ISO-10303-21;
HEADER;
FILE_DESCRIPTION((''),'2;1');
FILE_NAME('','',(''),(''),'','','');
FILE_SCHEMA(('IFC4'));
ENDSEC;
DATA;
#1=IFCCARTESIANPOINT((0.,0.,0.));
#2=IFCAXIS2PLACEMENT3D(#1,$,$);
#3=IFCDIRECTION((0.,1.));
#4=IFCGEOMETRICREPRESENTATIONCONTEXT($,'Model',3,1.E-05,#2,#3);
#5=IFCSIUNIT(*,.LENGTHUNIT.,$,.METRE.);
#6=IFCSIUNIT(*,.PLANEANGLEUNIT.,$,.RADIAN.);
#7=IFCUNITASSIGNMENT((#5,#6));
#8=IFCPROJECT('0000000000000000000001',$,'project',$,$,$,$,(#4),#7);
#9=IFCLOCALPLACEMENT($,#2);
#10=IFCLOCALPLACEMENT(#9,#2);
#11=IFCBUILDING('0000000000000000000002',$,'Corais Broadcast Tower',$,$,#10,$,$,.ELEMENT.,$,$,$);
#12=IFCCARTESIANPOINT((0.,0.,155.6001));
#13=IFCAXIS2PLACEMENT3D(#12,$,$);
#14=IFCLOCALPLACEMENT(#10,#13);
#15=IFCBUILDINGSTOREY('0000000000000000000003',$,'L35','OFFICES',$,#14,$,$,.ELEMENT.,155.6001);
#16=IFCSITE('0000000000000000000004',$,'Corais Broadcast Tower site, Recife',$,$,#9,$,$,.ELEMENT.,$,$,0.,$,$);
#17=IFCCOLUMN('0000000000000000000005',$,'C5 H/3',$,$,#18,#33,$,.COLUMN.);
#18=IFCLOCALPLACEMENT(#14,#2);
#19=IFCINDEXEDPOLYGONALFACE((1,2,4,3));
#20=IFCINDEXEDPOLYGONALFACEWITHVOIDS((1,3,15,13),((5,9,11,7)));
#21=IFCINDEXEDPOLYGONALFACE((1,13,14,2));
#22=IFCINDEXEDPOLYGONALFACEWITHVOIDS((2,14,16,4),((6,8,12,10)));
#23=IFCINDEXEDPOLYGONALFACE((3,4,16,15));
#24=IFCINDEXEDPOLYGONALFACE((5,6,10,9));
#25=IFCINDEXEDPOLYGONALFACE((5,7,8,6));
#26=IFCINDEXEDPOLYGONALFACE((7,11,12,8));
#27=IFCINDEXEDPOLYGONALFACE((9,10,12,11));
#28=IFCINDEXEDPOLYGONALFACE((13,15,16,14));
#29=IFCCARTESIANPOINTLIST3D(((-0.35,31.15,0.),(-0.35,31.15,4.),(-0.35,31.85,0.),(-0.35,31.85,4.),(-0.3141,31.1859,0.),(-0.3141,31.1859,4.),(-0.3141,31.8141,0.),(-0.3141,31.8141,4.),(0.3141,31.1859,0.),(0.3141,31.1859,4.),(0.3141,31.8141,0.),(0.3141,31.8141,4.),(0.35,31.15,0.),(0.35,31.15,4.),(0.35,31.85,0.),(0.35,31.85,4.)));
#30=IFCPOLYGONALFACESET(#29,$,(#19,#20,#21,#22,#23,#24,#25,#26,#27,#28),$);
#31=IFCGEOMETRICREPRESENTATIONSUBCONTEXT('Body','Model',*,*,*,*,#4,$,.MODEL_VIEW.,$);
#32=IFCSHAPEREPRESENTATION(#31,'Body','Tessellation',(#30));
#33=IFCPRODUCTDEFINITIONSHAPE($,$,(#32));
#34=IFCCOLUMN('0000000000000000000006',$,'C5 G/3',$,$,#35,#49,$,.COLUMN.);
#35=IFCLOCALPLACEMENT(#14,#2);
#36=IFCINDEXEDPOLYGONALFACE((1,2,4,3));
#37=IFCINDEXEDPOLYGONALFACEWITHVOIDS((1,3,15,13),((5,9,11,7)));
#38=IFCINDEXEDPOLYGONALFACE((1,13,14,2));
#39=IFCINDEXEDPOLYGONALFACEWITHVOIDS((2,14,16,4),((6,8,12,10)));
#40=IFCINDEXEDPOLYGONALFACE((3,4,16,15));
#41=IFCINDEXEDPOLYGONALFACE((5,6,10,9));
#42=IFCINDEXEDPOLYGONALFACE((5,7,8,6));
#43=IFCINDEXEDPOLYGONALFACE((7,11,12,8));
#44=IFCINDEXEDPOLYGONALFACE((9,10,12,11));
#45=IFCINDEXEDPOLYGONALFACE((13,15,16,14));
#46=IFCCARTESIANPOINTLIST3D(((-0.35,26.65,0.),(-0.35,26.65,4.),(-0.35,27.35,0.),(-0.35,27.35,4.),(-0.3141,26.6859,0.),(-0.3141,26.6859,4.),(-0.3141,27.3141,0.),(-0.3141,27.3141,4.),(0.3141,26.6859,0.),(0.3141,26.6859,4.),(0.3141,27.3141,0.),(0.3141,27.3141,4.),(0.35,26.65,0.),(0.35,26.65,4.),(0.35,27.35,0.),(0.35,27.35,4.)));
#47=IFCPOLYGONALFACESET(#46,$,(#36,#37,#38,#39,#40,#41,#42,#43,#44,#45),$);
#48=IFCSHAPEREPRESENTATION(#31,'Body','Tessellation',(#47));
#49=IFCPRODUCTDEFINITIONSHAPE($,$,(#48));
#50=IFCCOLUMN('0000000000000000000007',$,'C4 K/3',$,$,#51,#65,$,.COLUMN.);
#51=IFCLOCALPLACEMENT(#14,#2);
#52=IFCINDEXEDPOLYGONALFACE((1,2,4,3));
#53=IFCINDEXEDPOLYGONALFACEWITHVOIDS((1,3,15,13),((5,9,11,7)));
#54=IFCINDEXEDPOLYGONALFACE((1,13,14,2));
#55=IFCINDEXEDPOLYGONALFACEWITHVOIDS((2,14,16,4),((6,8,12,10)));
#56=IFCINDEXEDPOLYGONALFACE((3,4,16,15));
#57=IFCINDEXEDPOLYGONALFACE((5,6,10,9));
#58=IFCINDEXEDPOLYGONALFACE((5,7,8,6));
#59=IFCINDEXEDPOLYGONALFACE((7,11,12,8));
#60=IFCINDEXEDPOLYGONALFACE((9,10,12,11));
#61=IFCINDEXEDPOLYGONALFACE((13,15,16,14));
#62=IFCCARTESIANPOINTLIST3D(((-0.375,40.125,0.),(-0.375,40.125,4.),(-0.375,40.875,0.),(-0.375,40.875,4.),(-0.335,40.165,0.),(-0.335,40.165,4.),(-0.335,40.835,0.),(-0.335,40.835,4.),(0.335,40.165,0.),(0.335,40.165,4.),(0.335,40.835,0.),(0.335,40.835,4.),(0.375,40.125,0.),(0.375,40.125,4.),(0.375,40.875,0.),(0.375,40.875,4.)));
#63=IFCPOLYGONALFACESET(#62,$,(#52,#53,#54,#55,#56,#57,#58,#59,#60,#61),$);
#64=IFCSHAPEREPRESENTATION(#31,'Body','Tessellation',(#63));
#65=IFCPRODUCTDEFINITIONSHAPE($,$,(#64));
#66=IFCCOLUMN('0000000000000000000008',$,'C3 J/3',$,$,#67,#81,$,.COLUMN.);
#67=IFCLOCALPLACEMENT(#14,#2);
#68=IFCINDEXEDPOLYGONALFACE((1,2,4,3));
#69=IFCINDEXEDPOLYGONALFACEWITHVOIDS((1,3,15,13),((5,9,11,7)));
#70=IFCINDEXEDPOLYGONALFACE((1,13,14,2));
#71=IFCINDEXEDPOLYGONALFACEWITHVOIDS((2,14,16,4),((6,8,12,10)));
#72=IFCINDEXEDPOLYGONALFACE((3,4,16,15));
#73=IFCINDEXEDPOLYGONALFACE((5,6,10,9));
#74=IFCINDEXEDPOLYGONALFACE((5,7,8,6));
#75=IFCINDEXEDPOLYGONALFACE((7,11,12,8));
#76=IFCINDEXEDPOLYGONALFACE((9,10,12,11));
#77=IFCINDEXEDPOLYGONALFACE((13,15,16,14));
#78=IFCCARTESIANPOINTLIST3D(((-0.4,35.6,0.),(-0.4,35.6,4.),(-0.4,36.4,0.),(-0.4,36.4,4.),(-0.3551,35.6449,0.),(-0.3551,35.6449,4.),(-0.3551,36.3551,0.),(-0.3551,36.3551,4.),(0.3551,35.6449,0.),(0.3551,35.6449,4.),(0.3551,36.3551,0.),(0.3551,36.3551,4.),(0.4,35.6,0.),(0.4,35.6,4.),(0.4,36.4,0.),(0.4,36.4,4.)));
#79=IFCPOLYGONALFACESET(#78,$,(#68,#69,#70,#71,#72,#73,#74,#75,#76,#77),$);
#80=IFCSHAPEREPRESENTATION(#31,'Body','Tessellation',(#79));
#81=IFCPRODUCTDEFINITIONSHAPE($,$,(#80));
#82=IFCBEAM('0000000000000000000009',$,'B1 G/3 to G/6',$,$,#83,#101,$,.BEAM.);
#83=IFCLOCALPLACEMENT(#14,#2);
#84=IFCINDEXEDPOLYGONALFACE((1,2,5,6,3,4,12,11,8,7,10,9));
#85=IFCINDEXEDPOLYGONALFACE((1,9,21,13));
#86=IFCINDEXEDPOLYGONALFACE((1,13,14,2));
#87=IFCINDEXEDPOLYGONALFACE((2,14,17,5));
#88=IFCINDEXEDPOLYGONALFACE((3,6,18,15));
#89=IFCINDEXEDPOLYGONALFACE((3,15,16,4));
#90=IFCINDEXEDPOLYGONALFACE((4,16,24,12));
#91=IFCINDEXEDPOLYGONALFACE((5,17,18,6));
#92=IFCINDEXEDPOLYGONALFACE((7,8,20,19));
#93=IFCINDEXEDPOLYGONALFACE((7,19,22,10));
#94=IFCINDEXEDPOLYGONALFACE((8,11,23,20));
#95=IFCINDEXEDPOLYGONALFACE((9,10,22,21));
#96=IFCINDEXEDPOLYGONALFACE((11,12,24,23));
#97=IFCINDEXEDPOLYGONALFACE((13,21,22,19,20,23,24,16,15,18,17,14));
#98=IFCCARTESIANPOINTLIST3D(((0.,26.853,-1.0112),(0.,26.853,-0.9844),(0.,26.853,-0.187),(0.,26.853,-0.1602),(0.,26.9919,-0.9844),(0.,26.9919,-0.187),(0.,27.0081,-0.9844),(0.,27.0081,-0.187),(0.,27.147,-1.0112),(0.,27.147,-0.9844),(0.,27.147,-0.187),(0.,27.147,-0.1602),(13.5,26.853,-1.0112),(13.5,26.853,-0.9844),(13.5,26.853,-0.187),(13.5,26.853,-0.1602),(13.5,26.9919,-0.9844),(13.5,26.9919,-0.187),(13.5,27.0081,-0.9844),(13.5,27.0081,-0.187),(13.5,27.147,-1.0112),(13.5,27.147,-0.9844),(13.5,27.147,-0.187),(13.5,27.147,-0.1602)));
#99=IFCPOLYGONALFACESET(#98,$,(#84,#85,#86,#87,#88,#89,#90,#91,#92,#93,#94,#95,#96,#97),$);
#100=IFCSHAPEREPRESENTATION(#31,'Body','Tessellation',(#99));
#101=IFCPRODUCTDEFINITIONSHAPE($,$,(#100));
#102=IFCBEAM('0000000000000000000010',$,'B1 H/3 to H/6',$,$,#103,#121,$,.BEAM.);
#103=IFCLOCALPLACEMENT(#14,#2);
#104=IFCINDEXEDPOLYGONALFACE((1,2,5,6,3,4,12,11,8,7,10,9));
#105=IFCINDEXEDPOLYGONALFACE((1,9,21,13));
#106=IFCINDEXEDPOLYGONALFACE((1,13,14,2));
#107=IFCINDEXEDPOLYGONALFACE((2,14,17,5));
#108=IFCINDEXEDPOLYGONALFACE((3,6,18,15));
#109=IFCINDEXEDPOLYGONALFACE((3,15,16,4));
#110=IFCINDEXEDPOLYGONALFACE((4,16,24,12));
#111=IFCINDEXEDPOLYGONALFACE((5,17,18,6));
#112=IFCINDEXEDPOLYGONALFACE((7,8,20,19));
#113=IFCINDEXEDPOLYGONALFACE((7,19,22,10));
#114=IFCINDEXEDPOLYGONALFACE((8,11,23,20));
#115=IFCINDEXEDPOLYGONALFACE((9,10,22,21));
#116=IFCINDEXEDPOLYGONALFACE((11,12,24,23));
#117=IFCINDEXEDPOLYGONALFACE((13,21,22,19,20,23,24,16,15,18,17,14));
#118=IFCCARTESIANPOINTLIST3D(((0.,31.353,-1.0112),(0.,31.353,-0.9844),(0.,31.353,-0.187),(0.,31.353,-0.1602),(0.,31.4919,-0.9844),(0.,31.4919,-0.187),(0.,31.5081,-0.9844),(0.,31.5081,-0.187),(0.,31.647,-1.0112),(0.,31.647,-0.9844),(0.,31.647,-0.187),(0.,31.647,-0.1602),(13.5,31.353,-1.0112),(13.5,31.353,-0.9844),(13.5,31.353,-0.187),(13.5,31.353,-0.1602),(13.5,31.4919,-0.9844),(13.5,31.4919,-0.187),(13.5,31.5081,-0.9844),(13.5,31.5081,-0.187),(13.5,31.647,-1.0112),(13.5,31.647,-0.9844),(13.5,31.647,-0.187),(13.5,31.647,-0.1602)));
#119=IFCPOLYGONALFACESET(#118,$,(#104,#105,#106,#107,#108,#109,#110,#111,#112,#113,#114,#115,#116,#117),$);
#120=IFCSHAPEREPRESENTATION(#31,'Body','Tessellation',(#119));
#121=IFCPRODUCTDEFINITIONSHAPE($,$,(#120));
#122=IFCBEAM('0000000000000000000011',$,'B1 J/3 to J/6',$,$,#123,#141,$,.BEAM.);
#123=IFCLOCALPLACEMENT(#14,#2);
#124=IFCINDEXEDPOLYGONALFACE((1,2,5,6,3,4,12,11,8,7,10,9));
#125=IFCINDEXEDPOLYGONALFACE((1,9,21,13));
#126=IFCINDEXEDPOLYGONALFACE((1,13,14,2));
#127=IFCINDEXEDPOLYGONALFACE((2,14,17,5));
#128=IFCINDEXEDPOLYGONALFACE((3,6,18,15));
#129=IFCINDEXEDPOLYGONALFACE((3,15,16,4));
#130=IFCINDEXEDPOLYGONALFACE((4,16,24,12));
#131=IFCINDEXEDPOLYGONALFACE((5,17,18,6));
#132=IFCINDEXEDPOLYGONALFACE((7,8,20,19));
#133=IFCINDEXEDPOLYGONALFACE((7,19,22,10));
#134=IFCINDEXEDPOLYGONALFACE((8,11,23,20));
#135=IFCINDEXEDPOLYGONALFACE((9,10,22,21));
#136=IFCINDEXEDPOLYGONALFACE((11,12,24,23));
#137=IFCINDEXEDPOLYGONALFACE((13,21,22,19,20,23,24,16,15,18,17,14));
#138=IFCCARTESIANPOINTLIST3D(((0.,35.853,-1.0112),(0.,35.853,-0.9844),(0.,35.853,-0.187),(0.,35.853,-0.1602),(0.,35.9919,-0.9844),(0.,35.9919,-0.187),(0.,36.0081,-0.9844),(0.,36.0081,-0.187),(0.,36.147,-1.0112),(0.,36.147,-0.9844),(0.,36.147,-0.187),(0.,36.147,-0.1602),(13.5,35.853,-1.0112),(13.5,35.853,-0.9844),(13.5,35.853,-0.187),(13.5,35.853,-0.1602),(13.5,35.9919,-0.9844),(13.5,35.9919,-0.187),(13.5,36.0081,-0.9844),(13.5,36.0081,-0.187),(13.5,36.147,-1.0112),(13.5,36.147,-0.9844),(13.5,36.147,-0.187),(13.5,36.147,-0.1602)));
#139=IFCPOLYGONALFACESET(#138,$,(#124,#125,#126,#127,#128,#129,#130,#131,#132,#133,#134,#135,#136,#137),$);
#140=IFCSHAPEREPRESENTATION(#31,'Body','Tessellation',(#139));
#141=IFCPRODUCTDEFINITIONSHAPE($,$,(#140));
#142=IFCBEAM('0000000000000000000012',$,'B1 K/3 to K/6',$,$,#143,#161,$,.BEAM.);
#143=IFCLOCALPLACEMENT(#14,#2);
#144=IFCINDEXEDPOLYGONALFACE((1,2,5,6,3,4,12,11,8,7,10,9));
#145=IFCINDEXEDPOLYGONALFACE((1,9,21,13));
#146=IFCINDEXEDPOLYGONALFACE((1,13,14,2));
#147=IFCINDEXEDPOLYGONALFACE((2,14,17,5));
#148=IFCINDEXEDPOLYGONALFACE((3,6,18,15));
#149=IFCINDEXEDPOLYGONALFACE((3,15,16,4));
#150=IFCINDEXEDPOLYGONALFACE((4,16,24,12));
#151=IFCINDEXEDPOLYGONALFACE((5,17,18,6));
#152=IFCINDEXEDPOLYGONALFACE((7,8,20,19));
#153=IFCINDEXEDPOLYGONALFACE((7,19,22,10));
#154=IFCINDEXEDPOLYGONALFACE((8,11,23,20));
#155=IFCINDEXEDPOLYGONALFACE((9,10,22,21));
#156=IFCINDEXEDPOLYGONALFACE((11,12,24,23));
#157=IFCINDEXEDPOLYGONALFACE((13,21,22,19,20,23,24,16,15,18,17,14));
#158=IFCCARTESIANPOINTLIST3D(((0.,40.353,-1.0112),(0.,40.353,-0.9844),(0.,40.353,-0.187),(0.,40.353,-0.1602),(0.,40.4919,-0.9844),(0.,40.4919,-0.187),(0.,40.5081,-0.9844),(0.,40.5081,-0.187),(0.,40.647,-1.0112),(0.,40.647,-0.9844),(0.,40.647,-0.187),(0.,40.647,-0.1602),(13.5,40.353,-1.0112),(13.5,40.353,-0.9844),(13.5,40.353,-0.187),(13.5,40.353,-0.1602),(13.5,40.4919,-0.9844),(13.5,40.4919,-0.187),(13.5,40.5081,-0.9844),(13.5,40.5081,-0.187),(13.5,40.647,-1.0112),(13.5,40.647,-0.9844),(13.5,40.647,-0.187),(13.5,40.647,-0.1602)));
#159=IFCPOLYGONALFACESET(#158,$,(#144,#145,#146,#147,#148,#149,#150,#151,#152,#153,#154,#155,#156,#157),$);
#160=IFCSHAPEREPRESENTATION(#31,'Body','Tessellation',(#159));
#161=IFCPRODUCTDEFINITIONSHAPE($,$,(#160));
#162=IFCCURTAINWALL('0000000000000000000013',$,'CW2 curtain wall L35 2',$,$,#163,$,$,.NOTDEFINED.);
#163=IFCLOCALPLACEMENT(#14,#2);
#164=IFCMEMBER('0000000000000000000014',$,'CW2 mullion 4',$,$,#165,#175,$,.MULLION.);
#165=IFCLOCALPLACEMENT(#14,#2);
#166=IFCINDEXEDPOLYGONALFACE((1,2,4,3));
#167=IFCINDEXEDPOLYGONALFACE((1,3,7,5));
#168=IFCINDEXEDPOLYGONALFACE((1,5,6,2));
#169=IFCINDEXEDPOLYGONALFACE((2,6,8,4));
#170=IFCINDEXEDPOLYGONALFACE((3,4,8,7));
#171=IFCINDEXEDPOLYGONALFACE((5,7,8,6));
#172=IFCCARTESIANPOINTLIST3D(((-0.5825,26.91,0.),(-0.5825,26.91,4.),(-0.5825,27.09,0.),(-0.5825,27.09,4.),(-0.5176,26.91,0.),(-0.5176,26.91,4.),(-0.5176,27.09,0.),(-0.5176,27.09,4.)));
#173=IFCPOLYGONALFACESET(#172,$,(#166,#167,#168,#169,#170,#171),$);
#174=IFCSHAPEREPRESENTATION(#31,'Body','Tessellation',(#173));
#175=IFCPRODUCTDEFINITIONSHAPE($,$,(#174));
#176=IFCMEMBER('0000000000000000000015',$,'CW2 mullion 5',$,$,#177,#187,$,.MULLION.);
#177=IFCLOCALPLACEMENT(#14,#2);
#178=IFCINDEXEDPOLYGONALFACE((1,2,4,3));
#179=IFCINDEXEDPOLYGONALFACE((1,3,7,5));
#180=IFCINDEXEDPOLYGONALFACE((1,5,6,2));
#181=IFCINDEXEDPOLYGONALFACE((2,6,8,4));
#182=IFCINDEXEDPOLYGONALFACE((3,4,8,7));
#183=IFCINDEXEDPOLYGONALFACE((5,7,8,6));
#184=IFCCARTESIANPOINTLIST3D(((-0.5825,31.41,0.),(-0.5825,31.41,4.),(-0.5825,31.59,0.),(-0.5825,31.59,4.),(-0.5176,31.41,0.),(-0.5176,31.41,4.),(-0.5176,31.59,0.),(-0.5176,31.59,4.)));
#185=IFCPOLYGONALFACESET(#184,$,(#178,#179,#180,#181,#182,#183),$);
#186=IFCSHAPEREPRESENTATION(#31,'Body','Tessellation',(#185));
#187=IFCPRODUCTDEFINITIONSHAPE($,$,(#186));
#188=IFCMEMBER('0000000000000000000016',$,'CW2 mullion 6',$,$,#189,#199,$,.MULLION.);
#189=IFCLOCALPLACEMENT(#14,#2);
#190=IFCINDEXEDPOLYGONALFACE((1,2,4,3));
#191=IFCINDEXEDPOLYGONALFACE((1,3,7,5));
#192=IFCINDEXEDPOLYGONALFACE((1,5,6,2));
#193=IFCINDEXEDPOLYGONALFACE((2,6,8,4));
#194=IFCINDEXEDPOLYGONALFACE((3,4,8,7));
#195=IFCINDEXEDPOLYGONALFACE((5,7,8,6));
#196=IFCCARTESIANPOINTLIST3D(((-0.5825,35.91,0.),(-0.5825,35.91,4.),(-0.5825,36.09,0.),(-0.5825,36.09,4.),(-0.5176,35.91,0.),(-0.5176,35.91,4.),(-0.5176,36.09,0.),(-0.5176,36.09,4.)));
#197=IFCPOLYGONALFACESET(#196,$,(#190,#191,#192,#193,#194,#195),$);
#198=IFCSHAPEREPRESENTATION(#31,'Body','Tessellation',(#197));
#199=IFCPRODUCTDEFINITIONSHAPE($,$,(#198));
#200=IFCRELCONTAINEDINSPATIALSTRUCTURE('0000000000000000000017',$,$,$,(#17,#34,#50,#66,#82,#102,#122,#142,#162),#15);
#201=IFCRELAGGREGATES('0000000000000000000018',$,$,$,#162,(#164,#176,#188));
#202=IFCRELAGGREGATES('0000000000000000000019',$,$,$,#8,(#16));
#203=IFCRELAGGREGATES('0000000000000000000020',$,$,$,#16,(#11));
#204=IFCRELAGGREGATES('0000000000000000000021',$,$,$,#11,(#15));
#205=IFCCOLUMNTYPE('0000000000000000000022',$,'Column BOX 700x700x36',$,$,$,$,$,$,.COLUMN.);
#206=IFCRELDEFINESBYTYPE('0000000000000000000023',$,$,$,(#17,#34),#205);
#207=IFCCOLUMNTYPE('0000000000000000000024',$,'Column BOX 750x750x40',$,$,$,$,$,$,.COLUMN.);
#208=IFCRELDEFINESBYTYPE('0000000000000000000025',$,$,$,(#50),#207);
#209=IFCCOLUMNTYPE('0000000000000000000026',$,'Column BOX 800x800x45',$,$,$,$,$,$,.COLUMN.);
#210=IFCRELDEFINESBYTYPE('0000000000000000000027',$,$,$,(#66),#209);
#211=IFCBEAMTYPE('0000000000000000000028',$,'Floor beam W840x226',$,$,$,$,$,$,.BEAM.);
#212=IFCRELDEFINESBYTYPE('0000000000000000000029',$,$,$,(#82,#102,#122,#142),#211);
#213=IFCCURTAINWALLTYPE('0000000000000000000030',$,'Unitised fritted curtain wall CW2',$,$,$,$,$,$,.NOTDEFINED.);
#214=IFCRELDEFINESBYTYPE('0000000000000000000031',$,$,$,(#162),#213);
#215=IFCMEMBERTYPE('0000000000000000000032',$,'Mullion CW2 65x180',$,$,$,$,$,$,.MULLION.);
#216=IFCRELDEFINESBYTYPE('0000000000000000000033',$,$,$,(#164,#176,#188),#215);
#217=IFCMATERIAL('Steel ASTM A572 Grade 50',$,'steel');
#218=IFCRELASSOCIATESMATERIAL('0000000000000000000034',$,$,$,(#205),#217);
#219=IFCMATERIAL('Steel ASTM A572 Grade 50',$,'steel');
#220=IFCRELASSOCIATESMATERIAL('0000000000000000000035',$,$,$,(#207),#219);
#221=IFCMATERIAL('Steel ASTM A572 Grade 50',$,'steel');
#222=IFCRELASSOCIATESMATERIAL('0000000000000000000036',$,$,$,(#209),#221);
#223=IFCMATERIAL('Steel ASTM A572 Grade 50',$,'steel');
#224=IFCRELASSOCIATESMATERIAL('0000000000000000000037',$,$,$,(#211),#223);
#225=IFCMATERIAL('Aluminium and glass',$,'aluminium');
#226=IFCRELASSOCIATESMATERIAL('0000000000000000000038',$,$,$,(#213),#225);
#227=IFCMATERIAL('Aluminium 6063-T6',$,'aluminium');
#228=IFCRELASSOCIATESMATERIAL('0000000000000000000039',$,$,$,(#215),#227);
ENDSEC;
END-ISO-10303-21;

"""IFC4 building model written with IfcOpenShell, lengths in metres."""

from ifc_helpers import new_model, si_unit, direction, frame, origin, origin_2d, place, context, subcontext, project, spatial, rectangle, hollow_rectangle, i_section, extrude, material, material_profile, profile_set, type_object, element, aggregate, save


model = new_model("IFC4")

# Units and contexts
model_context = context("Model", 3, precision=1e-05, world=origin(), true_north=direction((0.0, 1.0)))
body_context = subcontext(model_context, "Body", "Model", "MODEL_VIEW")
ifc_project = project(units=[si_unit("LENGTHUNIT", "METRE"), si_unit("PLANEANGLEUNIT", "RADIAN")], contexts=[model_context])

# Site, building, storey
site_placement = place(None, origin())
site = spatial("IfcSite", under=ifc_project, at=site_placement, Name="Corais Broadcast Tower site, Recife", CompositionType="ELEMENT", RefElevation=0.0)
building_placement = place(site_placement, origin())
building = spatial("IfcBuilding", under=site, at=building_placement, Name="Corais Broadcast Tower", CompositionType="ELEMENT")
storey_placement = place(building_placement, frame((0.0, 0.0, 155.6001)))
storey = spatial("IfcBuildingStorey", under=building, at=storey_placement, Name="L35", Description="OFFICES", CompositionType="ELEMENT", Elevation=155.6001)

# Columns
ifc_material_1 = material(Name="Steel ASTM A572 Grade 50", Category="steel")
ifc_material_profile_1 = material_profile(ifc_material_1, hollow_rectangle(XDim=0.7, YDim=0.7, WallThickness=0.0359, at=origin_2d()), Name="BOX 700x700x36")
ifc_profile_set_1 = profile_set([ifc_material_profile_1], Name="Steel ASTM A572 Grade 50")
column_type_1 = type_object("IfcColumnType", Name="Column BOX 700x700x36", PredefinedType="COLUMN", material=ifc_profile_set_1)
for number, where, z_axis, x_axis, name in (
    (1, (0.0, 31.5, 0.0), (0.0, 0.0, 1.0), (1.0, 0.0, 0.0), "C5 H/3"),
    (2, (0.0, 27.0, 0.0), (0.0, 0.0, 1.0), (1.0, 0.0, 0.0), "C5 G/3"),
):
    element("IfcColumn", number, at=place(storey_placement, frame(where, z_axis=z_axis, x_axis=x_axis)), inside=storey, type_object=column_type_1, Name=name, PredefinedType="COLUMN", context=body_context, shape_type="SweptSolid", body=[
        extrude(hollow_rectangle(XDim=0.7, YDim=0.7, WallThickness=0.0359, at=origin_2d()), origin(), (0.0, 0.0, 1.0), 4.0),
    ])
ifc_material_2 = material(Name="Steel ASTM A572 Grade 50", Category="steel")
ifc_material_profile_2 = material_profile(ifc_material_2, hollow_rectangle(XDim=0.75, YDim=0.75, WallThickness=0.04, at=origin_2d()), Name="BOX 750x750x40")
ifc_profile_set_2 = profile_set([ifc_material_profile_2], Name="Steel ASTM A572 Grade 50")
column_type_2 = type_object("IfcColumnType", Name="Column BOX 750x750x40", PredefinedType="COLUMN", material=ifc_profile_set_2)
column_1_placement = place(storey_placement, frame((0.0, 40.5, 0.0), z_axis=(0.0, 0.0, 1.0), x_axis=(1.0, 0.0, 0.0)))
element("IfcColumn", 3, at=column_1_placement, inside=storey, type_object=column_type_2, Name="C4 K/3", PredefinedType="COLUMN", context=body_context, shape_type="SweptSolid", body=[
    extrude(hollow_rectangle(XDim=0.75, YDim=0.75, WallThickness=0.04, at=origin_2d()), origin(), (0.0, 0.0, 1.0), 4.0),
])
ifc_material_3 = material(Name="Steel ASTM A572 Grade 50", Category="steel")
ifc_material_profile_3 = material_profile(ifc_material_3, hollow_rectangle(XDim=0.8, YDim=0.8, WallThickness=0.0449, at=origin_2d()), Name="BOX 800x800x45")
ifc_profile_set_3 = profile_set([ifc_material_profile_3], Name="Steel ASTM A572 Grade 50")
column_type_3 = type_object("IfcColumnType", Name="Column BOX 800x800x45", PredefinedType="COLUMN", material=ifc_profile_set_3)
column_2_placement = place(storey_placement, frame((0.0, 36.0, 0.0), z_axis=(0.0, 0.0, 1.0), x_axis=(1.0, 0.0, 0.0)))
element("IfcColumn", 4, at=column_2_placement, inside=storey, type_object=column_type_3, Name="C3 J/3", PredefinedType="COLUMN", context=body_context, shape_type="SweptSolid", body=[
    extrude(hollow_rectangle(XDim=0.8, YDim=0.8, WallThickness=0.0449, at=origin_2d()), origin(), (0.0, 0.0, 1.0), 4.0),
])

# Beams
ifc_material_4 = material(Name="Steel ASTM A572 Grade 50", Category="steel")
ifc_material_profile_4 = material_profile(ifc_material_4, i_section(OverallWidth=0.2939, OverallDepth=0.8511, WebThickness=0.0161, FlangeThickness=0.0269, at=origin_2d()), Name="W840x226")
ifc_profile_set_4 = profile_set([ifc_material_profile_4], Name="Steel ASTM A572 Grade 50")
beam_type_1 = type_object("IfcBeamType", Name="Floor beam W840x226", PredefinedType="BEAM", material=ifc_profile_set_4)
for number, where, z_axis, x_axis, name in (
    (5, (0.0, 27.0, -0.5857), (1.0, 0.0, 0.0), (0.0, 1.0, 0.0), "B1 G/3 to G/6"),
    (6, (0.0, 31.5, -0.5857), (1.0, 0.0, 0.0), (0.0, 1.0, 0.0), "B1 H/3 to H/6"),
    (7, (0.0, 36.0, -0.5857), (1.0, 0.0, 0.0), (0.0, 1.0, 0.0), "B1 J/3 to J/6"),
    (8, (0.0, 40.5, -0.5857), (1.0, 0.0, 0.0), (0.0, 1.0, 0.0), "B1 K/3 to K/6"),
):
    element("IfcBeam", number, at=place(storey_placement, frame(where, z_axis=z_axis, x_axis=x_axis)), inside=storey, type_object=beam_type_1, Name=name, PredefinedType="BEAM", context=body_context, shape_type="SweptSolid", body=[
        extrude(i_section(OverallWidth=0.2939, OverallDepth=0.8511, WebThickness=0.0161, FlangeThickness=0.0269, at=origin_2d()), origin(), (0.0, 0.0, 1.0), 13.5),
    ])

# Curtain wall, members
ifc_material_5 = material(Name="Aluminium and glass", Category="aluminium")
curtain_wall_type = type_object("IfcCurtainWallType", Name="Unitised fritted curtain wall CW2", PredefinedType="NOTDEFINED", material=ifc_material_5)
curtain_wall_placement = place(storey_placement, origin())
curtain_wall = element("IfcCurtainWall", 9, at=curtain_wall_placement, inside=storey, type_object=curtain_wall_type, Name="CW2 curtain wall L35 2", PredefinedType="NOTDEFINED")
ifc_material_6 = material(Name="Aluminium 6063-T6", Category="aluminium")
ifc_material_profile_5 = material_profile(ifc_material_6, rectangle(XDim=0.0649, YDim=0.1799, at=origin_2d()), Name="Mullion CW2 65x180")
ifc_profile_set_5 = profile_set([ifc_material_profile_5], Name="Aluminium 6063-T6")
member_type_1 = type_object("IfcMemberType", Name="Mullion CW2 65x180", PredefinedType="MULLION", material=ifc_profile_set_5)
member_1_placement = place(storey_placement, frame((-0.55, 27.0, 0.0), z_axis=(0.0, 0.0, 1.0), x_axis=(-1.0, 0.0, 0.0)))
member_1 = element("IfcMember", 10, at=member_1_placement, type_object=member_type_1, Name="CW2 mullion 4", PredefinedType="MULLION", context=body_context, shape_type="SweptSolid", body=[
    extrude(rectangle(XDim=0.0649, YDim=0.1799, at=origin_2d()), origin(), (0.0, 0.0, 1.0), 4.0),
])
member_2_placement = place(storey_placement, frame((-0.55, 31.5, 0.0), z_axis=(0.0, 0.0, 1.0), x_axis=(-1.0, 0.0, 0.0)))
member_2 = element("IfcMember", 11, at=member_2_placement, type_object=member_type_1, Name="CW2 mullion 5", PredefinedType="MULLION", context=body_context, shape_type="SweptSolid", body=[
    extrude(rectangle(XDim=0.0649, YDim=0.1799, at=origin_2d()), origin(), (0.0, 0.0, 1.0), 4.0),
])
member_3_placement = place(storey_placement, frame((-0.55, 36.0, 0.0), z_axis=(0.0, 0.0, 1.0), x_axis=(-1.0, 0.0, 0.0)))
member_3 = element("IfcMember", 12, at=member_3_placement, type_object=member_type_1, Name="CW2 mullion 6", PredefinedType="MULLION", context=body_context, shape_type="SweptSolid", body=[
    extrude(rectangle(XDim=0.0649, YDim=0.1799, at=origin_2d()), origin(), (0.0, 0.0, 1.0), 4.0),
])

aggregate(curtain_wall, [member_1, member_2, member_3])

save(model, "model.ifc")
